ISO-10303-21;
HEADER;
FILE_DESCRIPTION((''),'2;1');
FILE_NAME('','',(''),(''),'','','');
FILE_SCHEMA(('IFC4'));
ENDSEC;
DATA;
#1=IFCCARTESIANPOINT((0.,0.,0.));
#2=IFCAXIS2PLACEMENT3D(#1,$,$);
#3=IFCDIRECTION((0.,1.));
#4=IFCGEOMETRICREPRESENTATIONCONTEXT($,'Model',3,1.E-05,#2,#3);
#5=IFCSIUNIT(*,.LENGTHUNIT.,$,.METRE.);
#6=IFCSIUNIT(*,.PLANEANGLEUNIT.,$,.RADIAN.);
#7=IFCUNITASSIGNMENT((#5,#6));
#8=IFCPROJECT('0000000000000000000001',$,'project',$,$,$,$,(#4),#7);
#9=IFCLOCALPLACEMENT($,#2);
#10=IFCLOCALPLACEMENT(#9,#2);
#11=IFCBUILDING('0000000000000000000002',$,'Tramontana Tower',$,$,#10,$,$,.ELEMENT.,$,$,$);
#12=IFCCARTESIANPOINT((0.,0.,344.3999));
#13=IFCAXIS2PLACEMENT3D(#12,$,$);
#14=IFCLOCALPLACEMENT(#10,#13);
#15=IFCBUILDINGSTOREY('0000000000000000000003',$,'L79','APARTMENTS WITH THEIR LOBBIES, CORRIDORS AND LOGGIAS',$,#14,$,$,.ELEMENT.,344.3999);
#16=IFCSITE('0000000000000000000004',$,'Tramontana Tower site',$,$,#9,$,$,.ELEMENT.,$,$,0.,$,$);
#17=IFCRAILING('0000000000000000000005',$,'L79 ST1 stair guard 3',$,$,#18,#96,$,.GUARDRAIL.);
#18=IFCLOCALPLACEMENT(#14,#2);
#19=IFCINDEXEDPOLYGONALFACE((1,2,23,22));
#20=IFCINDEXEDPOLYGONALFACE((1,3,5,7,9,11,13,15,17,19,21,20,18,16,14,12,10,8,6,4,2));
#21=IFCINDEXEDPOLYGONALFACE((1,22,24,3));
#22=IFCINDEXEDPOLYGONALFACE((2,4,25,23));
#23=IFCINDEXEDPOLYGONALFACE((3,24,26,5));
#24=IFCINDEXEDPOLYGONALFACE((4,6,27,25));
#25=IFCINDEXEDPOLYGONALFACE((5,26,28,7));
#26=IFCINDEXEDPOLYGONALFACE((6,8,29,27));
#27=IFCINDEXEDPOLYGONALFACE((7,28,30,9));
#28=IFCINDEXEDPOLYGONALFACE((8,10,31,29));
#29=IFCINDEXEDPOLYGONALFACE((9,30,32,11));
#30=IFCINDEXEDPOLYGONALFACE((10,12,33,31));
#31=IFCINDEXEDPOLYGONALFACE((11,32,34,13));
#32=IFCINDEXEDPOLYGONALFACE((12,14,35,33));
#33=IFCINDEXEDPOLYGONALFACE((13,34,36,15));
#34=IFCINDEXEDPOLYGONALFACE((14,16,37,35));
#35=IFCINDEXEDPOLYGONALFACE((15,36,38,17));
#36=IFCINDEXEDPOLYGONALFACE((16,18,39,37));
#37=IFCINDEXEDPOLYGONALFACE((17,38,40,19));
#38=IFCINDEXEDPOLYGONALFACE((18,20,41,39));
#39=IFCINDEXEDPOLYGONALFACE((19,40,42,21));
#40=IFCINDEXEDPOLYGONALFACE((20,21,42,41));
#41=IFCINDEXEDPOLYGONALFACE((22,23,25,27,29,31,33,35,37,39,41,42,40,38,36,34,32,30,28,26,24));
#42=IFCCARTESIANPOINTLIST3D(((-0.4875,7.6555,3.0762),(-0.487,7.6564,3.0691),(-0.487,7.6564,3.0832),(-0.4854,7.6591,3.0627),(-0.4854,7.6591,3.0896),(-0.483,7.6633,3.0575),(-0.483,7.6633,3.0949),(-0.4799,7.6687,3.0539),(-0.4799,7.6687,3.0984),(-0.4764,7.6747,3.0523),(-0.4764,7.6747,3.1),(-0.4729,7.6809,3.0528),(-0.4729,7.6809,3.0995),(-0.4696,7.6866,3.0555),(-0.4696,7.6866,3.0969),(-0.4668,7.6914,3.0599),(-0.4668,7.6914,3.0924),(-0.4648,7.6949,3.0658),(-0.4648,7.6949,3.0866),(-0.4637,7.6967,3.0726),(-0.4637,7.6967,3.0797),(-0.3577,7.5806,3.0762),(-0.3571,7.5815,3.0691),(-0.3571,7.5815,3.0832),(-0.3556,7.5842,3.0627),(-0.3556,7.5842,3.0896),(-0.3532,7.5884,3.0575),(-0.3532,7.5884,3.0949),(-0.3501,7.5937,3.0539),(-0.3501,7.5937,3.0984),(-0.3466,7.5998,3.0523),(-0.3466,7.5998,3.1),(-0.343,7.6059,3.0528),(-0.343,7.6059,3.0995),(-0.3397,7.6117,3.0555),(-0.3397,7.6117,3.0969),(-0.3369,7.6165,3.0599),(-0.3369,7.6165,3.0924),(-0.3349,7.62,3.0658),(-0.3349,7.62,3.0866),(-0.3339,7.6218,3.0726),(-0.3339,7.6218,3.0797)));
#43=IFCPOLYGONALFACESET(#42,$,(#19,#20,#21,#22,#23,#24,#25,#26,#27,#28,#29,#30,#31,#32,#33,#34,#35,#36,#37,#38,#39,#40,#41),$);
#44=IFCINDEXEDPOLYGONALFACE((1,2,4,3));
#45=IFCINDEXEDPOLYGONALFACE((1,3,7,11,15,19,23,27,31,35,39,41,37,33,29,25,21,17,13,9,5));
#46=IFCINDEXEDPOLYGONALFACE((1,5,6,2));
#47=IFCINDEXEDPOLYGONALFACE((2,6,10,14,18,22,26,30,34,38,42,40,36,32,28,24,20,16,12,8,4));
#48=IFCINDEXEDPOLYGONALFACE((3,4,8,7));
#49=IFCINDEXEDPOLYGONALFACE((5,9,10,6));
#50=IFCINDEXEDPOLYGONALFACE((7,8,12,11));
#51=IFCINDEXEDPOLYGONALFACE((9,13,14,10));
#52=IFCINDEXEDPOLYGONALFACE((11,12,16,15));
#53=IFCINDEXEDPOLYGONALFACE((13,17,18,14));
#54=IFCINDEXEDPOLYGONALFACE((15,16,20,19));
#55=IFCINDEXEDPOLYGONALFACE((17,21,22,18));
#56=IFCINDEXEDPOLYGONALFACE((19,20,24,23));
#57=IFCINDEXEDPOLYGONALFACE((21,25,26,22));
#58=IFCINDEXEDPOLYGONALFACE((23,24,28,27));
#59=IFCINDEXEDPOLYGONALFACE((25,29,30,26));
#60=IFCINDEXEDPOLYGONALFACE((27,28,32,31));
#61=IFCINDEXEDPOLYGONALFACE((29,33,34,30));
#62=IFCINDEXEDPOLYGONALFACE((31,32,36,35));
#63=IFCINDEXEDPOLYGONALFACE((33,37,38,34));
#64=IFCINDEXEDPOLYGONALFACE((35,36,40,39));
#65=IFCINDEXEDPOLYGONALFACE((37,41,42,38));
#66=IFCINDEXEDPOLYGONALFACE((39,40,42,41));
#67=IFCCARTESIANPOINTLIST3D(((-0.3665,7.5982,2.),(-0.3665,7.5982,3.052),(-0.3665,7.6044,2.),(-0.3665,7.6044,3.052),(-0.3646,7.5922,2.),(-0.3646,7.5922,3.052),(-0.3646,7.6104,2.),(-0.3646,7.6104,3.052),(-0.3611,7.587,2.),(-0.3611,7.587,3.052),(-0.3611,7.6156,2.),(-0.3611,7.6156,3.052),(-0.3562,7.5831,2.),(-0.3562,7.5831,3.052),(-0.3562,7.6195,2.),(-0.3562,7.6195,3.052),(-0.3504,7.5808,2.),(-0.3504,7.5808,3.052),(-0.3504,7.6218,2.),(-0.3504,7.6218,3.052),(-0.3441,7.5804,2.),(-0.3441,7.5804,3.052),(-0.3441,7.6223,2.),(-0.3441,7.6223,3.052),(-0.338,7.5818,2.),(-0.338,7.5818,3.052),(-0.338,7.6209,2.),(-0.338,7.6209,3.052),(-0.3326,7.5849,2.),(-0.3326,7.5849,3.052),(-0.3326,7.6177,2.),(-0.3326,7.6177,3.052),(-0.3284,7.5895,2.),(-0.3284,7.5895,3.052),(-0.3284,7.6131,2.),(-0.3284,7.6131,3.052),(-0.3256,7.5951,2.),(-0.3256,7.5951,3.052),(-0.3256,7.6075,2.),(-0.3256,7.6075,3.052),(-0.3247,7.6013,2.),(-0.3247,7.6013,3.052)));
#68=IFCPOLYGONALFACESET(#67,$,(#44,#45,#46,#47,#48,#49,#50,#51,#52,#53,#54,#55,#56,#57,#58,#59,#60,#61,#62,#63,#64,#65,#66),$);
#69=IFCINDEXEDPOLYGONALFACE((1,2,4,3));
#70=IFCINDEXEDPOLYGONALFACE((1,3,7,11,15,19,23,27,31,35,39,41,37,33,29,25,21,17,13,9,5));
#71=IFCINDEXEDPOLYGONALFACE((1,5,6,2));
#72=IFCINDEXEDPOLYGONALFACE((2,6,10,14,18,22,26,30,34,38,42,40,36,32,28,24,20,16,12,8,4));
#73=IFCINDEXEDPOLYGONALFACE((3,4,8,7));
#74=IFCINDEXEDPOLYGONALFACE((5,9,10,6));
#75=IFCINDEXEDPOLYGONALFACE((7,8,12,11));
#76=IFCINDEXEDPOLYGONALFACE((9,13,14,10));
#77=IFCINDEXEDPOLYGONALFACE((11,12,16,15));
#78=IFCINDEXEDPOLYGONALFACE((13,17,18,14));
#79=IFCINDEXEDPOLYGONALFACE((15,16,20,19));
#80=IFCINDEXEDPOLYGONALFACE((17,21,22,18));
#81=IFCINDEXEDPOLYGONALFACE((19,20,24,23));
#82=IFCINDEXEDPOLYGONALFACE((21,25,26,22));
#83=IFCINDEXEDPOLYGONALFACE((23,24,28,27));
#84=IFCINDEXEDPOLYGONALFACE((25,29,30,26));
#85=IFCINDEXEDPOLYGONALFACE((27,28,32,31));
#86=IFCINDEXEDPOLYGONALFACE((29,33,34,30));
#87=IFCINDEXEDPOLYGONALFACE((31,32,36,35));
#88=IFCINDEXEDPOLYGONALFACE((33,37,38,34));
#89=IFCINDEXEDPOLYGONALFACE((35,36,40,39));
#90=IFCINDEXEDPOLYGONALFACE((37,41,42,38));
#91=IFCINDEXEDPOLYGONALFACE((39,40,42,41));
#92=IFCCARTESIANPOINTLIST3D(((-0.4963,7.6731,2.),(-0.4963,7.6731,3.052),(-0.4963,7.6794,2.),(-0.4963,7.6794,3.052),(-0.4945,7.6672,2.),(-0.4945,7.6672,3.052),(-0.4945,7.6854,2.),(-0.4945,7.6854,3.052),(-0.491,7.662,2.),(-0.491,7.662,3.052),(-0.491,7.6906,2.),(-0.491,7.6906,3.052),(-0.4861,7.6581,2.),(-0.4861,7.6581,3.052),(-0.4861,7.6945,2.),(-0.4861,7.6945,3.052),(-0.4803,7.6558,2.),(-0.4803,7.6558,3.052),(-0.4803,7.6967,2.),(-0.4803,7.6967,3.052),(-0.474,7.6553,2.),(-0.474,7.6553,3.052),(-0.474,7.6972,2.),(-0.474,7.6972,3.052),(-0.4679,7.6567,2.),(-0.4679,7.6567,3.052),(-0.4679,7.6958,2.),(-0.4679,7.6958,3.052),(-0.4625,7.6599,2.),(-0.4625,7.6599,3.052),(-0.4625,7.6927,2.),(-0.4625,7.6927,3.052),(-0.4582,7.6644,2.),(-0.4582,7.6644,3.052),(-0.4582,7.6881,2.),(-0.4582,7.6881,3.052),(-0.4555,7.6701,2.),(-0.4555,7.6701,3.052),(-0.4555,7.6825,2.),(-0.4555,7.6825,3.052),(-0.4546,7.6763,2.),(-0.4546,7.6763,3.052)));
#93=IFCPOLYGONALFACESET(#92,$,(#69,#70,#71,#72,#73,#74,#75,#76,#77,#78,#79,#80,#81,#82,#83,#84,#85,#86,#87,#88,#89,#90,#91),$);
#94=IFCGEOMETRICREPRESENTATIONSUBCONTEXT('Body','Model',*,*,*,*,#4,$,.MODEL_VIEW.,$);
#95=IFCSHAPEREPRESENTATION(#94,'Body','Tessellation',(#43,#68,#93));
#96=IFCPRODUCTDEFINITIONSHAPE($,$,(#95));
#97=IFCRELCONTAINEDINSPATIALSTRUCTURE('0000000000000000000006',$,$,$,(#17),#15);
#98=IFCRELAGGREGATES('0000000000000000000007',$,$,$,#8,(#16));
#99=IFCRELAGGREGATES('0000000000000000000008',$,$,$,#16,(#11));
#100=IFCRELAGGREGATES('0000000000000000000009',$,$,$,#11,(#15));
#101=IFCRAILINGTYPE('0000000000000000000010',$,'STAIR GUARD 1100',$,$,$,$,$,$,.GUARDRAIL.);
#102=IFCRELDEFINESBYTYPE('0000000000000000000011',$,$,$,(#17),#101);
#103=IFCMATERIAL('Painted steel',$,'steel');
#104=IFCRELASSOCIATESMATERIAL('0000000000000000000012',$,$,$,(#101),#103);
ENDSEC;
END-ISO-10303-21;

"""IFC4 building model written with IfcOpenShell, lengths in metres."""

from ifc_helpers import new_model, si_unit, direction, frame, origin, origin_2d, place, context, subcontext, project, spatial, circle, extrude, material, type_object, element, save


model = new_model("IFC4")

# Units and contexts
model_context = context("Model", 3, precision=1e-05, world=origin(), true_north=direction((0.0, 1.0)))
body_context = subcontext(model_context, "Body", "Model", "MODEL_VIEW")
ifc_project = project(units=[si_unit("LENGTHUNIT", "METRE"), si_unit("PLANEANGLEUNIT", "RADIAN")], contexts=[model_context])

# Site, building, storey
site_placement = place(None, origin())
site = spatial("IfcSite", under=ifc_project, at=site_placement, Name="Tramontana Tower site", CompositionType="ELEMENT", RefElevation=0.0)
building_placement = place(site_placement, origin())
building = spatial("IfcBuilding", under=site, at=building_placement, Name="Tramontana Tower", CompositionType="ELEMENT")
storey_placement = place(building_placement, frame((0.0, 0.0, 344.3999)))
storey = spatial("IfcBuildingStorey", under=building, at=storey_placement, Name="L79", Description="APARTMENTS WITH THEIR LOBBIES, CORRIDORS AND LOGGIAS", CompositionType="ELEMENT", Elevation=344.3999)

# Railing
ifc_material_1 = material(Name="Painted steel", Category="steel")
railing_type_1 = type_object("IfcRailingType", Name="STAIR GUARD 1100", PredefinedType="GUARDRAIL", material=ifc_material_1)
railing_1_placement = place(storey_placement, frame((-0.3457, 7.6013, 2.0)))
element("IfcRailing", 1, at=railing_1_placement, inside=storey, type_object=railing_type_1, Name="L79 ST1 stair guard 3", PredefinedType="GUARDRAIL", context=body_context, shape_type="SweptSolid", body=[
    extrude(circle(Radius=0.0239, at=origin_2d()), frame((0.0, 0.0, 1.0762), z_axis=(-0.866131, 0.499816, 0.0), x_axis=(-0.499816, -0.866131, 0.0)), (0.0, 0.0, 1.0), 0.1499),
    extrude(circle(Radius=0.021, at=origin_2d()), origin(), (0.0, 0.0, 1.0), 1.052),
    extrude(circle(Radius=0.021, at=origin_2d()), frame((-0.1299, 0.075, 0.0)), (0.0, 0.0, 1.0), 1.052),
])

save(model, "model.ifc")
